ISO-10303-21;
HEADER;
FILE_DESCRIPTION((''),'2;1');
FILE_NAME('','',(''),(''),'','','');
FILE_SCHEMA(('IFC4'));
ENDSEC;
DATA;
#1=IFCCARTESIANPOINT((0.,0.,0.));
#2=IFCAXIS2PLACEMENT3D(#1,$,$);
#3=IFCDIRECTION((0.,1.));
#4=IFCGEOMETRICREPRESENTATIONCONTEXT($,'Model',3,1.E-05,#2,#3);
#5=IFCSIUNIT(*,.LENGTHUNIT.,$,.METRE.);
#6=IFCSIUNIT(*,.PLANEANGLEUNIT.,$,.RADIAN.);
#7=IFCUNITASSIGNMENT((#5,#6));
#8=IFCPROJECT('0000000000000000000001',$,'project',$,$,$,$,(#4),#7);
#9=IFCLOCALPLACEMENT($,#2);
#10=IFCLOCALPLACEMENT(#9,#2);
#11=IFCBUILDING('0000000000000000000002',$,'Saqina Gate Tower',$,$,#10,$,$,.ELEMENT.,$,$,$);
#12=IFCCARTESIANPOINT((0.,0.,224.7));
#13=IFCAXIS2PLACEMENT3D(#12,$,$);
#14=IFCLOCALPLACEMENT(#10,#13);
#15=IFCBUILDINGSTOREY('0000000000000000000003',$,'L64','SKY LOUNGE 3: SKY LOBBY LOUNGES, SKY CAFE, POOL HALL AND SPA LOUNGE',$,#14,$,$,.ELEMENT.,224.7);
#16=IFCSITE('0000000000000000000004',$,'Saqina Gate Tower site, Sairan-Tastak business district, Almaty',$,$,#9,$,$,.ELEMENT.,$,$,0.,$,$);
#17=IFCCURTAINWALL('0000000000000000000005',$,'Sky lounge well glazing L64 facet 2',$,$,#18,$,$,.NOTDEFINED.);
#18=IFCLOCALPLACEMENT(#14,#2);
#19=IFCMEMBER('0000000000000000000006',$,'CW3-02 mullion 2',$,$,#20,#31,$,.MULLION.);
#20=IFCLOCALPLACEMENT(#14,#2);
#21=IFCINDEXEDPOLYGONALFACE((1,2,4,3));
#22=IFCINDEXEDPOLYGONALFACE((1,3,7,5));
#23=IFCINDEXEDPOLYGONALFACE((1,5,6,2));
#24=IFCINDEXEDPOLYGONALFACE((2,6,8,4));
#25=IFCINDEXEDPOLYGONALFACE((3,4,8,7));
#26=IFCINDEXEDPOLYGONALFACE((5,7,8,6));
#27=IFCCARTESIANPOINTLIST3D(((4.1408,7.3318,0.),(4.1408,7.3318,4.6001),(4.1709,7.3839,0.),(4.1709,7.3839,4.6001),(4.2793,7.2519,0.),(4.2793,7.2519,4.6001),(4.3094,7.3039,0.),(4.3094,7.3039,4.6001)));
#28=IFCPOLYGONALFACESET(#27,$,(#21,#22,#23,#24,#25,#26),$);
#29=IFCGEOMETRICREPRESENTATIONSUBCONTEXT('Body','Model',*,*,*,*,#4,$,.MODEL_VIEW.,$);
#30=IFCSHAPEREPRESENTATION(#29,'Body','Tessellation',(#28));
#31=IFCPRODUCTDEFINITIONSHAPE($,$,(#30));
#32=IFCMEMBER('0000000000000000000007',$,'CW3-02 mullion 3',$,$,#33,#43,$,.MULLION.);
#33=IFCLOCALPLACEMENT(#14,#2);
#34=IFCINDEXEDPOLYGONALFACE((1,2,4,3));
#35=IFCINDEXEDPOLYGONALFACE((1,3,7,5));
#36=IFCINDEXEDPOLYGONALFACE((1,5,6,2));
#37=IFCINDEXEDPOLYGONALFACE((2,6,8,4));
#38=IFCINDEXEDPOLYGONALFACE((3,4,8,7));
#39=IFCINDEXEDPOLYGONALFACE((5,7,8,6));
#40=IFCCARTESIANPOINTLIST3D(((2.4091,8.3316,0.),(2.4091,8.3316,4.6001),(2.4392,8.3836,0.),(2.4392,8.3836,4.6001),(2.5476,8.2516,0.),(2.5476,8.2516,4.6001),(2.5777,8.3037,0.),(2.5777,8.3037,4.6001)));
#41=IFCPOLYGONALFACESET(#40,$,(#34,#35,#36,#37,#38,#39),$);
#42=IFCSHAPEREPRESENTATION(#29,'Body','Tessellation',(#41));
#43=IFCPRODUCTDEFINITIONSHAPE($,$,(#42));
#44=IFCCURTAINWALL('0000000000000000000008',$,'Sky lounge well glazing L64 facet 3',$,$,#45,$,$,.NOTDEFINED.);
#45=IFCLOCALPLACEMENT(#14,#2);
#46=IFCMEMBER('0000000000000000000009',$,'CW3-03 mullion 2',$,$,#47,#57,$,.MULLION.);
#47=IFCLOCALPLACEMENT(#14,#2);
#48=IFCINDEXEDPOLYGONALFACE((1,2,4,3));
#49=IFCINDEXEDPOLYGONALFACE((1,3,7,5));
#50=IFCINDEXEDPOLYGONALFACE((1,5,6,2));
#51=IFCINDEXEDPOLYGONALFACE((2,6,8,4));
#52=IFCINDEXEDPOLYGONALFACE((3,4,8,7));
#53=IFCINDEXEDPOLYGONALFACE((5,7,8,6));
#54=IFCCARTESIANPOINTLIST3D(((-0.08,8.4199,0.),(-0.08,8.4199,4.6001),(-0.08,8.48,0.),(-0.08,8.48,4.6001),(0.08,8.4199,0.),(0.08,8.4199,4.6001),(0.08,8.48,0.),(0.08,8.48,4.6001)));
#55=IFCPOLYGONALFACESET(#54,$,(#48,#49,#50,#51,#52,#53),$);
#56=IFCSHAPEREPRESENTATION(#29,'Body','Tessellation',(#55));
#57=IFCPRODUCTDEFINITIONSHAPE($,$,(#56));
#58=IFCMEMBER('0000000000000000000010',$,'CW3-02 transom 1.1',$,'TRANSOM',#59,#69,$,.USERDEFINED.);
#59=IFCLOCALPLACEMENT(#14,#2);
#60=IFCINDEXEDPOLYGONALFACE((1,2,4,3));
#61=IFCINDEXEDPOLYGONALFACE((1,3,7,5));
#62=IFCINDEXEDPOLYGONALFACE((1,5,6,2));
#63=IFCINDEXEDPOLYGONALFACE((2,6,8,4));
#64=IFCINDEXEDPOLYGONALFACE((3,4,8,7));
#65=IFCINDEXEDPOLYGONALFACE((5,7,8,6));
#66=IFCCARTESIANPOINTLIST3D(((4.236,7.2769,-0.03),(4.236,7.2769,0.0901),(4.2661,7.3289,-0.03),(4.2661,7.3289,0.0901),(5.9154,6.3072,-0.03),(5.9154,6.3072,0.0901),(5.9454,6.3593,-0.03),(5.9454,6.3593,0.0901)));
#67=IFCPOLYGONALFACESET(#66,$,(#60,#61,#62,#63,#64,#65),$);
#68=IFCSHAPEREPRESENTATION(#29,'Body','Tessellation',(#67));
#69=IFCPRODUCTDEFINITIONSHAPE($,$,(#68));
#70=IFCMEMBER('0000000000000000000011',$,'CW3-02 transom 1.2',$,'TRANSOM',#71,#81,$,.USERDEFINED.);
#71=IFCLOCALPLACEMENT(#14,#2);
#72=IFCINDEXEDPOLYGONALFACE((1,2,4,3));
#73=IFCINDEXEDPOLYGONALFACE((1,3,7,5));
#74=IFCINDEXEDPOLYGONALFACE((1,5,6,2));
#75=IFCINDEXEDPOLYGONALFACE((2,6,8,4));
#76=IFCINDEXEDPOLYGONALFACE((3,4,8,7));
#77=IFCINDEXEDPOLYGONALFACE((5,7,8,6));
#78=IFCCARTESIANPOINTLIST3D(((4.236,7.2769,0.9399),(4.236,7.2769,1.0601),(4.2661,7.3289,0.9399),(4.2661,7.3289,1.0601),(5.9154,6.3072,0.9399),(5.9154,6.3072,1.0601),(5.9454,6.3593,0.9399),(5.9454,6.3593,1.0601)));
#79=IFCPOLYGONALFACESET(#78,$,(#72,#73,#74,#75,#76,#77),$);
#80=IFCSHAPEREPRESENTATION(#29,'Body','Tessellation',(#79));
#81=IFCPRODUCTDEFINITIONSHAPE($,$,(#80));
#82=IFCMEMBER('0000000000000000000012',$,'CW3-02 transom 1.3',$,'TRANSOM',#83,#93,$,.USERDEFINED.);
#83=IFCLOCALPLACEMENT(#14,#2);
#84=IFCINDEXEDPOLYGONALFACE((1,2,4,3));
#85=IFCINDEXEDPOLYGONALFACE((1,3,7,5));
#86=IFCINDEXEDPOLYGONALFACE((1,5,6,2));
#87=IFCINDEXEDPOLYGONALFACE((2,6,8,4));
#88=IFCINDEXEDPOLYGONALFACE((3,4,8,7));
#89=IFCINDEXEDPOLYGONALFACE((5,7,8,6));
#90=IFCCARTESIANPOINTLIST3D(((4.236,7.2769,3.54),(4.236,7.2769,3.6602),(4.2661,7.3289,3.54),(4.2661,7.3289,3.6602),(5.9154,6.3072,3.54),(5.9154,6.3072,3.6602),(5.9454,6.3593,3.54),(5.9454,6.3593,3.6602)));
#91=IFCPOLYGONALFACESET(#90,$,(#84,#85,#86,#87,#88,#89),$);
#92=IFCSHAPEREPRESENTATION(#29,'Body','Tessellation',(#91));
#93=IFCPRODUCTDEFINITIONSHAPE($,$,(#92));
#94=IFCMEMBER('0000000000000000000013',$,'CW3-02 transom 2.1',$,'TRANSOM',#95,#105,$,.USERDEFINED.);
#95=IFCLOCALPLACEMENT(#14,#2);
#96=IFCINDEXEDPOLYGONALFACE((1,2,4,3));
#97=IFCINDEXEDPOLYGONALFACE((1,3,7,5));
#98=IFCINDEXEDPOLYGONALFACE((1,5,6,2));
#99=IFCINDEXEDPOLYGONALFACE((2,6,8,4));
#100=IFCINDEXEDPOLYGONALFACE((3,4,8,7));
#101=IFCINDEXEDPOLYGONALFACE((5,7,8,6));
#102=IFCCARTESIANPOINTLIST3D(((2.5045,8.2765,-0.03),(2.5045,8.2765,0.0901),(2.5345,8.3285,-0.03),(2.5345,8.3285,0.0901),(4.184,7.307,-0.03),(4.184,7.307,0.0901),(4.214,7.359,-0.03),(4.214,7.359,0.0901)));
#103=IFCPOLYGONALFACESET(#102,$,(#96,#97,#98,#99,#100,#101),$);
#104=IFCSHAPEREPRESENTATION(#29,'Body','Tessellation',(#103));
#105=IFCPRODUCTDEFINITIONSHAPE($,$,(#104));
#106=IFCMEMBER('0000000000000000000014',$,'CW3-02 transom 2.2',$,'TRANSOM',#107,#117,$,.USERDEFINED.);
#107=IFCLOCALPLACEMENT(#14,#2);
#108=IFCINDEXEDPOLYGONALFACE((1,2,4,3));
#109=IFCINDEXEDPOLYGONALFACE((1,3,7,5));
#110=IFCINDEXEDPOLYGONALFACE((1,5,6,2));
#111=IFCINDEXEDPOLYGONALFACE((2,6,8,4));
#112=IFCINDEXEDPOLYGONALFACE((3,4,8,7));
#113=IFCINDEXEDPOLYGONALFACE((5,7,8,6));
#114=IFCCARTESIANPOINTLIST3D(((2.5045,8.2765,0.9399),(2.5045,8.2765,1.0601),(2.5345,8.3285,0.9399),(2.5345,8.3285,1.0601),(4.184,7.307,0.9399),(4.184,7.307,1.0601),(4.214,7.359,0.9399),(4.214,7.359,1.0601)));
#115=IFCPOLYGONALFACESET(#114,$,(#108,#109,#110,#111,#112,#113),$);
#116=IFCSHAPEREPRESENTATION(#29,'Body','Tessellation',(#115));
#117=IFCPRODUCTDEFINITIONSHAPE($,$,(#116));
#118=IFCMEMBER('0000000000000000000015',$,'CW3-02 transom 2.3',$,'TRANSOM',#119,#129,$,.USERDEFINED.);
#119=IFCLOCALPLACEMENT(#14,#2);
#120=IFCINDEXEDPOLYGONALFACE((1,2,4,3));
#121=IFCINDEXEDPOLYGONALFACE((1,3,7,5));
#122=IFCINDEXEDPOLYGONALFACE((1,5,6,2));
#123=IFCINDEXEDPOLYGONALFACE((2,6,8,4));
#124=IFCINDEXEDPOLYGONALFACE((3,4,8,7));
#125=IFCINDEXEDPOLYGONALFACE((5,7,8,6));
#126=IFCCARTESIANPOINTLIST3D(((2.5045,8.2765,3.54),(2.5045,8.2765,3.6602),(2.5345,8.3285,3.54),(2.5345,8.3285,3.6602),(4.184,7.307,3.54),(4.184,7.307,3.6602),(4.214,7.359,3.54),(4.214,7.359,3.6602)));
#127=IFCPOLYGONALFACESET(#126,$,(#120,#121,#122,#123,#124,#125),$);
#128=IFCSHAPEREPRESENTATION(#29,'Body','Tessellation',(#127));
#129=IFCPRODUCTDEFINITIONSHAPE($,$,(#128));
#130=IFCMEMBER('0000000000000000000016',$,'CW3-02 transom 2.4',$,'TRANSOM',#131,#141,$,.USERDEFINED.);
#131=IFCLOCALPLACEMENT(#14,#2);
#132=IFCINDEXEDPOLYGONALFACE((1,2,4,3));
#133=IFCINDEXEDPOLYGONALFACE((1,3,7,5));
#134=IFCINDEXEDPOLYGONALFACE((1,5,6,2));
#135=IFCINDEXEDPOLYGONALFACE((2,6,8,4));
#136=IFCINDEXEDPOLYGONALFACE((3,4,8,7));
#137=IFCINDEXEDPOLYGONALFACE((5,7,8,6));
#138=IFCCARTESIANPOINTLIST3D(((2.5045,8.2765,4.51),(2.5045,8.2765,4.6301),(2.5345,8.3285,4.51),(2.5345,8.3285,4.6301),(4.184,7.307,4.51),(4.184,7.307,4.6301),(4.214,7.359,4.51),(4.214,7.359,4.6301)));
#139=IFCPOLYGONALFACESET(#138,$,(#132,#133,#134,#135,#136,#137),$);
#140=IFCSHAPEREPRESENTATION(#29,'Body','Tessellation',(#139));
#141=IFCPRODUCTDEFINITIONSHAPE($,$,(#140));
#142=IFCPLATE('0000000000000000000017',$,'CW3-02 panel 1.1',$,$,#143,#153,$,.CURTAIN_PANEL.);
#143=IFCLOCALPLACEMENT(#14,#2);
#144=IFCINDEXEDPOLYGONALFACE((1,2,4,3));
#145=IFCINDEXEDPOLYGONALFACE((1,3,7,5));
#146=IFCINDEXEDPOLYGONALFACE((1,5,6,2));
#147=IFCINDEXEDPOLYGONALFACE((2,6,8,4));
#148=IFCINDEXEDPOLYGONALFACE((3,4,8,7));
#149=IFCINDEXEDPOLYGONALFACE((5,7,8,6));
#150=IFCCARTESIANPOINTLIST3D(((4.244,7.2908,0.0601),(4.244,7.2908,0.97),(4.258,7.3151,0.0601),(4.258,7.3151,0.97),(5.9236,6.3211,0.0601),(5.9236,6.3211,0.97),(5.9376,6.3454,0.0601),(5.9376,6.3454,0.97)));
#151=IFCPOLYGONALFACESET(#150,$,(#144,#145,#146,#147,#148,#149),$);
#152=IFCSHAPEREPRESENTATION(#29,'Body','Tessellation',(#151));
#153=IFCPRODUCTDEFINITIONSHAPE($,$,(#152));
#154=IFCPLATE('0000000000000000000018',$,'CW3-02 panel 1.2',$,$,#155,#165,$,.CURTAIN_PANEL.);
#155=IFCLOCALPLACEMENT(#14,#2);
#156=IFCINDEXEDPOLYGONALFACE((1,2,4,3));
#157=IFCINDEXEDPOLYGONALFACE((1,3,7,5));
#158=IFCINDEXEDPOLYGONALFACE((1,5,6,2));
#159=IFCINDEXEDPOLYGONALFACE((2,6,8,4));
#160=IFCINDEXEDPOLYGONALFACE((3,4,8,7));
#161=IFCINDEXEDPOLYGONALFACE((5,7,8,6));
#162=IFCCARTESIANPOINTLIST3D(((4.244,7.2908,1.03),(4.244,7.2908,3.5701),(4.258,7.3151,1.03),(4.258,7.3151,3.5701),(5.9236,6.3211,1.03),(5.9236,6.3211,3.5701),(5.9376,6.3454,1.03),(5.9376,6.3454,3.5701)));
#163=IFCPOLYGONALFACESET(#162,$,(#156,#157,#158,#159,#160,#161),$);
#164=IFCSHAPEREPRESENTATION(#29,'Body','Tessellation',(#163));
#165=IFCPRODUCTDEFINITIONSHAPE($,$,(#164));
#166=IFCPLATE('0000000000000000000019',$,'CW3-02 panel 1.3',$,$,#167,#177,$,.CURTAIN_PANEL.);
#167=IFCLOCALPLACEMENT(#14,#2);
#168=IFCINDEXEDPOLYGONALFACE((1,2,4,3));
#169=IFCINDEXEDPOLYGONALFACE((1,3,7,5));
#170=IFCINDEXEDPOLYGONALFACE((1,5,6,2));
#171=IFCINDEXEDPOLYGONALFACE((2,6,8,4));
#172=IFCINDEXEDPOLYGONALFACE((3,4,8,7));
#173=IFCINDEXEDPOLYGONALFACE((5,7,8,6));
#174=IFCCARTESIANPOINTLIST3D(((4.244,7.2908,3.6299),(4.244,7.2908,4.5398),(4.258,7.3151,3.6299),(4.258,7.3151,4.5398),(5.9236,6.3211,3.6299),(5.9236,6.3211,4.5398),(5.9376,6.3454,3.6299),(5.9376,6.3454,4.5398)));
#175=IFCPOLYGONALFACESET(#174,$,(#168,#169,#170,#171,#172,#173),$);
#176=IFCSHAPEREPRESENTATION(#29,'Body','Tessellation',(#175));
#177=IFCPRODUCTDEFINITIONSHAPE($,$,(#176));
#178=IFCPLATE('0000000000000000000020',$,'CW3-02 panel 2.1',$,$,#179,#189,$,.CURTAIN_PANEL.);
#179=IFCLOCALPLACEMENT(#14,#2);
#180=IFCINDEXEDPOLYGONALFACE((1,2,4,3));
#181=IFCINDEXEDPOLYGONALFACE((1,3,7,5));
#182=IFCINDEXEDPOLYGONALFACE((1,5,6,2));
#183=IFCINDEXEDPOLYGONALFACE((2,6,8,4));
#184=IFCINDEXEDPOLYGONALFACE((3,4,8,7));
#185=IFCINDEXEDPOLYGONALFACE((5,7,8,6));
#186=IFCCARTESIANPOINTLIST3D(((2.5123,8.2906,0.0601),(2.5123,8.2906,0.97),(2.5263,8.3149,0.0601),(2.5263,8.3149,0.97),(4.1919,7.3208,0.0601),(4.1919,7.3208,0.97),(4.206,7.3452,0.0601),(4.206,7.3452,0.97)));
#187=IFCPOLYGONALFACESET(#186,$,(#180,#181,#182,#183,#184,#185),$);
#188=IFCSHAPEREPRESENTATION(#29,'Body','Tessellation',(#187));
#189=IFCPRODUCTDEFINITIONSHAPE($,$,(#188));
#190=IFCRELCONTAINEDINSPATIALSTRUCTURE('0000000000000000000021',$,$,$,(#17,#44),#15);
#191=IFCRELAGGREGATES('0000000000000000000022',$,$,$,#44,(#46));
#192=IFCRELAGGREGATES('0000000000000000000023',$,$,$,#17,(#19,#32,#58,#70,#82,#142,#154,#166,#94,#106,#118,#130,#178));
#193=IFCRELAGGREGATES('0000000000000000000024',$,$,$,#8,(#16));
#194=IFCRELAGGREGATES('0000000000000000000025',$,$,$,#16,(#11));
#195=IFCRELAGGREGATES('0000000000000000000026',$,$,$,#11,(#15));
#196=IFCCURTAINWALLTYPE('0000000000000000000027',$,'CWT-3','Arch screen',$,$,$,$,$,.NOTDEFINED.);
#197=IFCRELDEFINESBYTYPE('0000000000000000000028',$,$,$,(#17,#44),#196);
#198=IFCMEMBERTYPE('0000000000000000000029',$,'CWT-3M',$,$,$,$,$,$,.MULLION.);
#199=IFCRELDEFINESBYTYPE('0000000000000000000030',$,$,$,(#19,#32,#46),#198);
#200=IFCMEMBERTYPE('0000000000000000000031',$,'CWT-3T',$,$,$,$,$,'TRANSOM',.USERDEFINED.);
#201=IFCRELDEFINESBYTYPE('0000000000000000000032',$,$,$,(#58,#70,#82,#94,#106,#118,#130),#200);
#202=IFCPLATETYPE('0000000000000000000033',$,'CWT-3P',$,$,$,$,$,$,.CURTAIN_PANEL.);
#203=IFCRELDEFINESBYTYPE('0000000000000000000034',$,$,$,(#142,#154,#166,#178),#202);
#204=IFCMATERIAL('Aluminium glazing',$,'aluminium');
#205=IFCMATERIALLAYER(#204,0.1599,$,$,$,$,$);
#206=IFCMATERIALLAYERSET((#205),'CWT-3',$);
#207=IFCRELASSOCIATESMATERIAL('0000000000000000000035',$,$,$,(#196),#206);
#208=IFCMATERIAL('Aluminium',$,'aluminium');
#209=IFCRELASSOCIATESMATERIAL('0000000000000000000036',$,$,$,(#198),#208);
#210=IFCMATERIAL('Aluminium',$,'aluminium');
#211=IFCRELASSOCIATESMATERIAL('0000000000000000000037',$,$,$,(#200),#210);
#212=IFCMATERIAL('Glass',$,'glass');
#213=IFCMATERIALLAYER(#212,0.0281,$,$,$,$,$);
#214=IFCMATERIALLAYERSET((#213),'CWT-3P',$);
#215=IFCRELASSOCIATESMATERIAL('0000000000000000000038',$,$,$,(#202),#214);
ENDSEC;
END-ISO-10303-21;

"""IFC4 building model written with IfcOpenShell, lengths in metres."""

from ifc_helpers import new_model, si_unit, direction, frame, origin, origin_2d, place, context, subcontext, project, spatial, rectangle, extrude, material, layer, layer_set, material_profile, profile_set, type_object, element, aggregate, save


model = new_model("IFC4")

# Units and contexts
model_context = context("Model", 3, precision=1e-05, world=origin(), true_north=direction((0.0, 1.0)))
body_context = subcontext(model_context, "Body", "Model", "MODEL_VIEW")
ifc_project = project(units=[si_unit("LENGTHUNIT", "METRE"), si_unit("PLANEANGLEUNIT", "RADIAN")], contexts=[model_context])

# Site, building, storey
site_placement = place(None, origin())
site = spatial("IfcSite", under=ifc_project, at=site_placement, Name="Saqina Gate Tower site, Sairan-Tastak business district, Almaty", CompositionType="ELEMENT", RefElevation=0.0)
building_placement = place(site_placement, origin())
building = spatial("IfcBuilding", under=site, at=building_placement, Name="Saqina Gate Tower", CompositionType="ELEMENT")
storey_placement = place(building_placement, frame((0.0, 0.0, 224.7)))
storey = spatial("IfcBuildingStorey", under=building, at=storey_placement, Name="L64", Description="SKY LOUNGE 3: SKY LOBBY LOUNGES, SKY CAFE, POOL HALL AND SPA LOUNGE", CompositionType="ELEMENT", Elevation=224.7)

# Curtain wall, members
ifc_material_1 = material(Name="Aluminium glazing", Category="aluminium")
ifc_layer_1 = layer(ifc_material_1, 0.1599)
ifc_layer_set_1 = layer_set([ifc_layer_1], Name="CWT-3")
curtain_wall_type = type_object("IfcCurtainWallType", Name="CWT-3", Description="Arch screen", PredefinedType="NOTDEFINED", material=ifc_layer_set_1)
curtain_wall_1_placement = place(storey_placement, origin())
curtain_wall_1 = element("IfcCurtainWall", 1, at=curtain_wall_1_placement, inside=storey, type_object=curtain_wall_type, Name="Sky lounge well glazing L64 facet 2", PredefinedType="NOTDEFINED")
ifc_material_2 = material(Name="Aluminium", Category="aluminium")
ifc_material_profile_1 = material_profile(ifc_material_2, rectangle(XDim=0.0601, YDim=0.1599, at=origin_2d()), Name="Aluminium 60x160")
ifc_profile_set_1 = profile_set([ifc_material_profile_1], Name="Aluminium")
member_type_1 = type_object("IfcMemberType", Name="CWT-3M", PredefinedType="MULLION", material=ifc_profile_set_1)
member_1_placement = place(storey_placement, frame((4.2251, 7.3179, 0.0), z_axis=(0.0, 0.0, 1.0), x_axis=(-0.500003, -0.866024, 0.0)))
member_1 = element("IfcMember", 2, at=member_1_placement, type_object=member_type_1, Name="CW3-02 mullion 2", PredefinedType="MULLION", context=body_context, shape_type="SweptSolid", body=[
    extrude(rectangle(XDim=0.0601, YDim=0.1599, at=origin_2d()), origin(), (0.0, 0.0, 1.0), 4.6001),
])
member_2_placement = place(storey_placement, frame((2.4934, 8.3176, 0.0), z_axis=(0.0, 0.0, 1.0), x_axis=(-0.500003, -0.866024, 0.0)))
member_2 = element("IfcMember", 3, at=member_2_placement, type_object=member_type_1, Name="CW3-02 mullion 3", PredefinedType="MULLION", context=body_context, shape_type="SweptSolid", body=[
    extrude(rectangle(XDim=0.0601, YDim=0.1599, at=origin_2d()), origin(), (0.0, 0.0, 1.0), 4.6001),
])

# Curtain wall, member
curtain_wall_2_placement = place(storey_placement, origin())
curtain_wall_2 = element("IfcCurtainWall", 4, at=curtain_wall_2_placement, inside=storey, type_object=curtain_wall_type, Name="Sky lounge well glazing L64 facet 3", PredefinedType="NOTDEFINED")
member_3_placement = place(storey_placement, frame((0.0, 8.45, 0.0), z_axis=(0.0, 0.0, 1.0), x_axis=(0.0, -1.0, 0.0)))
member_3 = element("IfcMember", 5, at=member_3_placement, type_object=member_type_1, Name="CW3-03 mullion 2", PredefinedType="MULLION", context=body_context, shape_type="SweptSolid", body=[
    extrude(rectangle(XDim=0.0601, YDim=0.1599, at=origin_2d()), origin(), (0.0, 0.0, 1.0), 4.6001),
])
aggregate(curtain_wall_2, [member_3])

# Members
ifc_material_3 = material(Name="Aluminium", Category="aluminium")
ifc_material_profile_2 = material_profile(ifc_material_3, rectangle(XDim=0.0601, YDim=0.1201, at=origin_2d()), Name="Aluminium 60x120")
ifc_profile_set_2 = profile_set([ifc_material_profile_2], Name="Aluminium")
member_type_2 = type_object("IfcMemberType", Name="CWT-3T", ElementType="TRANSOM", PredefinedType="USERDEFINED", material=ifc_profile_set_2)
member_4_placement = place(storey_placement, frame((5.9304, 6.3333, 0.03), z_axis=(-0.866003, 0.500038, 0.0), x_axis=(-0.500038, -0.866003, 0.0)))
member_4 = element("IfcMember", 6, at=member_4_placement, type_object=member_type_2, Name="CW3-02 transom 1.1", ObjectType="TRANSOM", PredefinedType="USERDEFINED", context=body_context, shape_type="SweptSolid", body=[
    extrude(rectangle(XDim=0.0601, YDim=0.1201, at=origin_2d()), origin(), (0.0, 0.0, 1.0), 1.9392),
])
member_5_placement = place(storey_placement, frame((5.9304, 6.3333, 1.0), z_axis=(-0.866003, 0.500038, 0.0), x_axis=(-0.500038, -0.866003, 0.0)))
member_5 = element("IfcMember", 7, at=member_5_placement, type_object=member_type_2, Name="CW3-02 transom 1.2", ObjectType="TRANSOM", PredefinedType="USERDEFINED", context=body_context, shape_type="SweptSolid", body=[
    extrude(rectangle(XDim=0.0601, YDim=0.1201, at=origin_2d()), origin(), (0.0, 0.0, 1.0), 1.9392),
])
member_6_placement = place(storey_placement, frame((5.9304, 6.3333, 3.6001), z_axis=(-0.866003, 0.500038, 0.0), x_axis=(-0.500038, -0.866003, 0.0)))
member_6 = element("IfcMember", 8, at=member_6_placement, type_object=member_type_2, Name="CW3-02 transom 1.3", ObjectType="TRANSOM", PredefinedType="USERDEFINED", context=body_context, shape_type="SweptSolid", body=[
    extrude(rectangle(XDim=0.0601, YDim=0.1201, at=origin_2d()), origin(), (0.0, 0.0, 1.0), 1.9392),
])
member_7_placement = place(storey_placement, frame((4.199, 7.333, 0.03), z_axis=(-0.866058, 0.499944, 0.0), x_axis=(-0.499944, -0.866058, 0.0)))
member_7 = element("IfcMember", 9, at=member_7_placement, type_object=member_type_2, Name="CW3-02 transom 2.1", ObjectType="TRANSOM", PredefinedType="USERDEFINED", context=body_context, shape_type="SweptSolid", body=[
    extrude(rectangle(XDim=0.0601, YDim=0.1201, at=origin_2d()), origin(), (0.0, 0.0, 1.0), 1.9392),
])
member_8_placement = place(storey_placement, frame((4.199, 7.333, 1.0), z_axis=(-0.866058, 0.499944, 0.0), x_axis=(-0.499944, -0.866058, 0.0)))
member_8 = element("IfcMember", 10, at=member_8_placement, type_object=member_type_2, Name="CW3-02 transom 2.2", ObjectType="TRANSOM", PredefinedType="USERDEFINED", context=body_context, shape_type="SweptSolid", body=[
    extrude(rectangle(XDim=0.0601, YDim=0.1201, at=origin_2d()), origin(), (0.0, 0.0, 1.0), 1.9392),
])
member_9_placement = place(storey_placement, frame((4.199, 7.333, 3.6001), z_axis=(-0.866058, 0.499944, 0.0), x_axis=(-0.499944, -0.866058, 0.0)))
member_9 = element("IfcMember", 11, at=member_9_placement, type_object=member_type_2, Name="CW3-02 transom 2.3", ObjectType="TRANSOM", PredefinedType="USERDEFINED", context=body_context, shape_type="SweptSolid", body=[
    extrude(rectangle(XDim=0.0601, YDim=0.1201, at=origin_2d()), origin(), (0.0, 0.0, 1.0), 1.9392),
])
member_10_placement = place(storey_placement, frame((4.199, 7.333, 4.5701), z_axis=(-0.866058, 0.499944, 0.0), x_axis=(-0.499944, -0.866058, 0.0)))
member_10 = element("IfcMember", 12, at=member_10_placement, type_object=member_type_2, Name="CW3-02 transom 2.4", ObjectType="TRANSOM", PredefinedType="USERDEFINED", context=body_context, shape_type="SweptSolid", body=[
    extrude(rectangle(XDim=0.0601, YDim=0.1201, at=origin_2d()), origin(), (0.0, 0.0, 1.0), 1.9392),
])

# Plates
ifc_material_4 = material(Name="Glass", Category="glass")
ifc_layer_2 = layer(ifc_material_4, 0.0281)
ifc_layer_set_2 = layer_set([ifc_layer_2], Name="CWT-3P")
plate_type = type_object("IfcPlateType", Name="CWT-3P", PredefinedType="CURTAIN_PANEL", material=ifc_layer_set_2)
plate_1_placement = place(storey_placement, frame((5.0908, 6.8181, 0.0601), z_axis=(0.0, 0.0, 1.0), x_axis=(-0.866024, 0.500003, 0.0)))
plate_1 = element("IfcPlate", 13, at=plate_1_placement, type_object=plate_type, Name="CW3-02 panel 1.1", PredefinedType="CURTAIN_PANEL", context=body_context, shape_type="SweptSolid", body=[
    extrude(rectangle(XDim=1.9395, YDim=0.0281, at=origin_2d()), origin(), (0.0, 0.0, 1.0), 0.9099),
])
plate_2_placement = place(storey_placement, frame((5.0908, 6.8181, 1.03), z_axis=(0.0, 0.0, 1.0), x_axis=(-0.866024, 0.500003, 0.0)))
plate_2 = element("IfcPlate", 14, at=plate_2_placement, type_object=plate_type, Name="CW3-02 panel 1.2", PredefinedType="CURTAIN_PANEL", context=body_context, shape_type="SweptSolid", body=[
    extrude(rectangle(XDim=1.9395, YDim=0.0281, at=origin_2d()), origin(), (0.0, 0.0, 1.0), 2.54),
])
plate_3_placement = place(storey_placement, frame((5.0908, 6.8181, 3.6299), z_axis=(0.0, 0.0, 1.0), x_axis=(-0.866024, 0.500003, 0.0)))
plate_3 = element("IfcPlate", 15, at=plate_3_placement, type_object=plate_type, Name="CW3-02 panel 1.3", PredefinedType="CURTAIN_PANEL", context=body_context, shape_type="SweptSolid", body=[
    extrude(rectangle(XDim=1.9395, YDim=0.0281, at=origin_2d()), origin(), (0.0, 0.0, 1.0), 0.9099),
])
plate_4_placement = place(storey_placement, frame((3.3591, 7.8179, 0.0601), z_axis=(0.0, 0.0, 1.0), x_axis=(-0.866024, 0.500003, 0.0)))
plate_4 = element("IfcPlate", 16, at=plate_4_placement, type_object=plate_type, Name="CW3-02 panel 2.1", PredefinedType="CURTAIN_PANEL", context=body_context, shape_type="SweptSolid", body=[
    extrude(rectangle(XDim=1.9395, YDim=0.0281, at=origin_2d()), origin(), (0.0, 0.0, 1.0), 0.9099),
])
aggregate(curtain_wall_1, [member_1, member_2, member_4, member_5, member_6, plate_1, plate_2, plate_3, member_7, member_8, member_9, member_10, plate_4])

save(model, "model.ifc")
